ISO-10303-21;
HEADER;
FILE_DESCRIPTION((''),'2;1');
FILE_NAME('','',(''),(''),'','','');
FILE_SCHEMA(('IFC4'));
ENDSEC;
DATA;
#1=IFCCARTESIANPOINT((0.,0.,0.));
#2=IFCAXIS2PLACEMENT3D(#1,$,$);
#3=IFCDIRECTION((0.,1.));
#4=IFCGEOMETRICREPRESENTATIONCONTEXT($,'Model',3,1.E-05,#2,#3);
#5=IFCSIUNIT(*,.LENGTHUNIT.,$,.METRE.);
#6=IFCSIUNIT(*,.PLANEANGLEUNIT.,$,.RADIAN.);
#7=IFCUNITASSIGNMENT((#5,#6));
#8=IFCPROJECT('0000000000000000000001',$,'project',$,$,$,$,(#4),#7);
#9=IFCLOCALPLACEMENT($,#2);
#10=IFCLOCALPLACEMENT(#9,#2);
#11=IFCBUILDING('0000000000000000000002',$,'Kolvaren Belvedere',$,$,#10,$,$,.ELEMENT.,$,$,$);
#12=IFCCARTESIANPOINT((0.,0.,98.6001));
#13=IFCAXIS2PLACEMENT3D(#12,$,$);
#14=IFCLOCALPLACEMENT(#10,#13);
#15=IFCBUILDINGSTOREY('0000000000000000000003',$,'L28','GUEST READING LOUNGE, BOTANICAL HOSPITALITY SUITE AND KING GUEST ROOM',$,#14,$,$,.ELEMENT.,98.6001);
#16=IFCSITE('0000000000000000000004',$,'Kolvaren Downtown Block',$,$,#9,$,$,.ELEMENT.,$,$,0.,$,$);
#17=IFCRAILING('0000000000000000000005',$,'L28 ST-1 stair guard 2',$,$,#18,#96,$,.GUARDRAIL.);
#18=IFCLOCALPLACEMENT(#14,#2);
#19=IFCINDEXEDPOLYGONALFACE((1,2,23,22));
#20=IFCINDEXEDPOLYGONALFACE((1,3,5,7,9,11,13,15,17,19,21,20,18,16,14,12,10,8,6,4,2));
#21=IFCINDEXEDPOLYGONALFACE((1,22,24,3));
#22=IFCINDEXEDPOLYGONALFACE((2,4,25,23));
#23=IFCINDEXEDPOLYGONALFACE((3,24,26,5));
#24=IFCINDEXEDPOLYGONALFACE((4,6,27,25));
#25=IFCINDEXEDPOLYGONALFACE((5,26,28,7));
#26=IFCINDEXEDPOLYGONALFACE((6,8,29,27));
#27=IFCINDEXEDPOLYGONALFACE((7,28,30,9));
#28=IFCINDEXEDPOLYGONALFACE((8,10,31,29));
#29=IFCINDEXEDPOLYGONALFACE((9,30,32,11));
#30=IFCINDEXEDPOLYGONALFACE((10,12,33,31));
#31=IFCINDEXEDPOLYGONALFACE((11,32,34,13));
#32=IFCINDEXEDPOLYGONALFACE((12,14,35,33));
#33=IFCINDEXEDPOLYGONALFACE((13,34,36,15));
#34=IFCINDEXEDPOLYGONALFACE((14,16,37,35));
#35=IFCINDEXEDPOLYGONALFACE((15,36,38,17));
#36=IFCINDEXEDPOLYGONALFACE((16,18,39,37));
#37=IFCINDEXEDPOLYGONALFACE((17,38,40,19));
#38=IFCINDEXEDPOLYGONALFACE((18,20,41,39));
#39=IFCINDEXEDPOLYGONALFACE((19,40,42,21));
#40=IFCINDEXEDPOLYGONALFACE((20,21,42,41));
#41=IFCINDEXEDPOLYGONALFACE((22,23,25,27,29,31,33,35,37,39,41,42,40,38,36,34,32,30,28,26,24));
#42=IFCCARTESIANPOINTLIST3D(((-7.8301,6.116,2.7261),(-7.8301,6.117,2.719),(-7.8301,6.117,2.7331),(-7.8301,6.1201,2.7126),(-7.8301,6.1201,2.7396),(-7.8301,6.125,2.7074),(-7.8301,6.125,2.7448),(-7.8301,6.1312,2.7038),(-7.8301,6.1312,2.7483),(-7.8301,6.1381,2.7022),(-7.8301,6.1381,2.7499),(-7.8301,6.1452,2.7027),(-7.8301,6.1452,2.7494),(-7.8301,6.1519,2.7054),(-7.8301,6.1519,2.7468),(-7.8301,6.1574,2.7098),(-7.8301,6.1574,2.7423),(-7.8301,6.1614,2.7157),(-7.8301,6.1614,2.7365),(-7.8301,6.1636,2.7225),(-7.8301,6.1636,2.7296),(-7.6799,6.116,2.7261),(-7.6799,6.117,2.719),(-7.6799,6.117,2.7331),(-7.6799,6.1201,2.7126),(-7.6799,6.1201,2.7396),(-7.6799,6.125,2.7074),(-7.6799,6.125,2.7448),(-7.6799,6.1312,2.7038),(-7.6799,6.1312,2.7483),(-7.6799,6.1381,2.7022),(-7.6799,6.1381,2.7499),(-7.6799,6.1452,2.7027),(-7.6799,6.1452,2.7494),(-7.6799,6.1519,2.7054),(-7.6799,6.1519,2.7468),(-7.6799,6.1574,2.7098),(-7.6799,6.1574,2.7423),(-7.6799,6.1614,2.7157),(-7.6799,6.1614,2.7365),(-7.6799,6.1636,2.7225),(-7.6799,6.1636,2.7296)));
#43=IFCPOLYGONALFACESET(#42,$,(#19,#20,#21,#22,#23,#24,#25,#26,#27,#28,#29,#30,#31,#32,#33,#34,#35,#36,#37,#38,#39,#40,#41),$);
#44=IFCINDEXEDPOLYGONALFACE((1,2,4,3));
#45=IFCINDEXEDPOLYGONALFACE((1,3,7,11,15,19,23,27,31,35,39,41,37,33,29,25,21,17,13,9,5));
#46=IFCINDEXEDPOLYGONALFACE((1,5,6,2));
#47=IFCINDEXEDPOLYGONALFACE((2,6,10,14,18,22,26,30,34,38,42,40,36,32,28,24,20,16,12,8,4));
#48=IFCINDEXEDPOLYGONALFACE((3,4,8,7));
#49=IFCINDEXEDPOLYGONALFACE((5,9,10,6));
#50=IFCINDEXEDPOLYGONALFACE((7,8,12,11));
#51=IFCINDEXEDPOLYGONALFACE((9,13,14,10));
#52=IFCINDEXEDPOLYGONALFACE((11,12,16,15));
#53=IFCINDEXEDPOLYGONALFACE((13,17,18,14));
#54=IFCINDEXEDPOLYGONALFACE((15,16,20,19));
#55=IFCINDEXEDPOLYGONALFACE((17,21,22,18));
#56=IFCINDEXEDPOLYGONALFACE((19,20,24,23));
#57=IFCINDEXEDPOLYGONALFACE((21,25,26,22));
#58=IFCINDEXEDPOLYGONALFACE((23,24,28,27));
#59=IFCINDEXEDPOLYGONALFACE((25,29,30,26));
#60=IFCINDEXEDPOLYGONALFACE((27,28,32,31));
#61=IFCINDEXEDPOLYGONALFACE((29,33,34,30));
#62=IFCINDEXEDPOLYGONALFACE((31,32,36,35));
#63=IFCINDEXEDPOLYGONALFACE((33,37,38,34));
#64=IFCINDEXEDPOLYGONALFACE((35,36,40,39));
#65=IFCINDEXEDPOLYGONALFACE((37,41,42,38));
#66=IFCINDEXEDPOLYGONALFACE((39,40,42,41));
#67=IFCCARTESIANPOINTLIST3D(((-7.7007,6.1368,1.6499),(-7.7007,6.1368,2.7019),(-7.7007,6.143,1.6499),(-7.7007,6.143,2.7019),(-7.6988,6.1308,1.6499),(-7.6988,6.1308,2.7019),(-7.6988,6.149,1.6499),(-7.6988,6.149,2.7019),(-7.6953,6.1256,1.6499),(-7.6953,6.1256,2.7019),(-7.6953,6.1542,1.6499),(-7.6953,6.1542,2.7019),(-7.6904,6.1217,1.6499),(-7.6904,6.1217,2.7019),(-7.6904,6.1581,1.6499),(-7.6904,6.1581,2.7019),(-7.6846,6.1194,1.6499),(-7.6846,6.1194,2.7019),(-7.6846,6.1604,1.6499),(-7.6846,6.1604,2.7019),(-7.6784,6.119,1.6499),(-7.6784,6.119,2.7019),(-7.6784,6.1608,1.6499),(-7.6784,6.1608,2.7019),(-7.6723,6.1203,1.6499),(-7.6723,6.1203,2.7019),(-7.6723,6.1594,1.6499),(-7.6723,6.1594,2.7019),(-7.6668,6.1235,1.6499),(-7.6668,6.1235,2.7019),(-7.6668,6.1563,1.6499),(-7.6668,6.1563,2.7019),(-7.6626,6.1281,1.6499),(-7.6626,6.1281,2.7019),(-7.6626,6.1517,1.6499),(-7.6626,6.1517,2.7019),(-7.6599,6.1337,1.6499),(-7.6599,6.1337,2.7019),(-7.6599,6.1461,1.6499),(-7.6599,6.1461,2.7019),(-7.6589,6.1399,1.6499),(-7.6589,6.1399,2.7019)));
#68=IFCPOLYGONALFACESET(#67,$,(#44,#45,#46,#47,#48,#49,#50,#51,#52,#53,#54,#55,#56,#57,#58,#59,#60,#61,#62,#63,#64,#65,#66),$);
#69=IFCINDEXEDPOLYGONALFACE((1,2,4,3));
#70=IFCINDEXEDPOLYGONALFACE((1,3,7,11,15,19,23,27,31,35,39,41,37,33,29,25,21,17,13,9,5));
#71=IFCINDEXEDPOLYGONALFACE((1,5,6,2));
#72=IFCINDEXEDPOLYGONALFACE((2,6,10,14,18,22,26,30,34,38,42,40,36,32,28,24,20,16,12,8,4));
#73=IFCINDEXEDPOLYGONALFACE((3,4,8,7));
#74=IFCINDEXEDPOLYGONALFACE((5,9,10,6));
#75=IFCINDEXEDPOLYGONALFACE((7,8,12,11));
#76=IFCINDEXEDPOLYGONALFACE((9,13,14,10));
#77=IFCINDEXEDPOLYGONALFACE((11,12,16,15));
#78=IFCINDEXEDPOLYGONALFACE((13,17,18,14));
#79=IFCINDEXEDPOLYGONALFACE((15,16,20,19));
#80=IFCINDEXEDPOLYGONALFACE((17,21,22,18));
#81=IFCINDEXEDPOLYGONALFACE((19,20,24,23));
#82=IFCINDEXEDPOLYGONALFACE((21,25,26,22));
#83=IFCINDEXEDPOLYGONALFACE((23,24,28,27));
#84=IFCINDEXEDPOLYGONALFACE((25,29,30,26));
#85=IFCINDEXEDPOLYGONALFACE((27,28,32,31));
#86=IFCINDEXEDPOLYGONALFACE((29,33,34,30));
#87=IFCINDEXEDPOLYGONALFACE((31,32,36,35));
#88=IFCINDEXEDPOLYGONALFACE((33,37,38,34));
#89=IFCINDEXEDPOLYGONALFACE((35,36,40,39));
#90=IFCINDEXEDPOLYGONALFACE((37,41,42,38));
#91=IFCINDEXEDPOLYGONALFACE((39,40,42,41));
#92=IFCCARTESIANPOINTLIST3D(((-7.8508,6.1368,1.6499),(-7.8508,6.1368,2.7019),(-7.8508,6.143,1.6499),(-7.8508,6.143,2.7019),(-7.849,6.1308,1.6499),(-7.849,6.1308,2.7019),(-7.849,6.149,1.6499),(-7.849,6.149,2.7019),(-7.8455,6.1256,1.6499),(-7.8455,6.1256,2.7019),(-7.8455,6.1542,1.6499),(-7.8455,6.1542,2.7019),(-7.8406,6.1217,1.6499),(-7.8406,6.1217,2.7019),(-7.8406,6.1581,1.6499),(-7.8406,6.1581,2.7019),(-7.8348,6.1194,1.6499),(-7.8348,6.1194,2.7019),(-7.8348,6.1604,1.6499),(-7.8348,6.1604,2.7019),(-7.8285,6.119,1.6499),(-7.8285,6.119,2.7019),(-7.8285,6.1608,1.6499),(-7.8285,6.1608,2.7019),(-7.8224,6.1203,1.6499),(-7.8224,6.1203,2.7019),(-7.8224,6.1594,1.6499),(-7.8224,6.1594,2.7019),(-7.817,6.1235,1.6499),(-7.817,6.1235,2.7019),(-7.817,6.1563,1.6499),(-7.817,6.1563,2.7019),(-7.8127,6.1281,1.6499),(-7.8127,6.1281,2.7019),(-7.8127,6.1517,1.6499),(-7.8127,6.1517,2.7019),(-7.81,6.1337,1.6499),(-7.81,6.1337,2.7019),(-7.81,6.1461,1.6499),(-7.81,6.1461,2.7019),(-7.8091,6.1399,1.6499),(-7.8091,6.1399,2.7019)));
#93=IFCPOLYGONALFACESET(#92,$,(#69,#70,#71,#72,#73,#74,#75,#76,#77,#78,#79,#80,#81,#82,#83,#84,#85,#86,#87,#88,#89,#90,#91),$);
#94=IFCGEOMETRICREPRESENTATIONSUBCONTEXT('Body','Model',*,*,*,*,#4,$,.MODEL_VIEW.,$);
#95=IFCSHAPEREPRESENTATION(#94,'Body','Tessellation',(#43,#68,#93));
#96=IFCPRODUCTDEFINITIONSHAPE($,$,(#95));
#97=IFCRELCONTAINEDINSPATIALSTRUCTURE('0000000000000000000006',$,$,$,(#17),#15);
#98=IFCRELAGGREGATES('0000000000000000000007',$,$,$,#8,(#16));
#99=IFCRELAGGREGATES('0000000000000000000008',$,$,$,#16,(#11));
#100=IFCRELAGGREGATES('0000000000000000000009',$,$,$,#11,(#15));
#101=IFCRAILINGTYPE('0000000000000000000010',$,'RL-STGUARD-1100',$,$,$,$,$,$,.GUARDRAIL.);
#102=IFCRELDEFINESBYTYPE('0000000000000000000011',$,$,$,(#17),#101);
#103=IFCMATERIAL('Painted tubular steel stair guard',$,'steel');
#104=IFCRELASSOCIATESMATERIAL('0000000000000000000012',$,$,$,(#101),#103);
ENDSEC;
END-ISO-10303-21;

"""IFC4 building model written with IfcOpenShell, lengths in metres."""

from ifc_helpers import new_model, si_unit, direction, frame, origin, origin_2d, place, context, subcontext, project, spatial, circle, extrude, material, type_object, element, save


model = new_model("IFC4")

# Units and contexts
model_context = context("Model", 3, precision=1e-05, world=origin(), true_north=direction((0.0, 1.0)))
body_context = subcontext(model_context, "Body", "Model", "MODEL_VIEW")
ifc_project = project(units=[si_unit("LENGTHUNIT", "METRE"), si_unit("PLANEANGLEUNIT", "RADIAN")], contexts=[model_context])

# Site, building, storey
site_placement = place(None, origin())
site = spatial("IfcSite", under=ifc_project, at=site_placement, Name="Kolvaren Downtown Block", CompositionType="ELEMENT", RefElevation=0.0)
building_placement = place(site_placement, origin())
building = spatial("IfcBuilding", under=site, at=building_placement, Name="Kolvaren Belvedere", CompositionType="ELEMENT")
storey_placement = place(building_placement, frame((0.0, 0.0, 98.6001)))
storey = spatial("IfcBuildingStorey", under=building, at=storey_placement, Name="L28", Description="GUEST READING LOUNGE, BOTANICAL HOSPITALITY SUITE AND KING GUEST ROOM", CompositionType="ELEMENT", Elevation=98.6001)

# Railing
ifc_material_1 = material(Name="Painted tubular steel stair guard", Category="steel")
railing_type_1 = type_object("IfcRailingType", Name="RL-STGUARD-1100", PredefinedType="GUARDRAIL", material=ifc_material_1)
railing_1_placement = place(storey_placement, frame((-7.6799, 6.1399, 1.6499)))
element("IfcRailing", 1, at=railing_1_placement, inside=storey, type_object=railing_type_1, Name="L28 ST-1 stair guard 2", PredefinedType="GUARDRAIL", context=body_context, shape_type="SweptSolid", body=[
    extrude(circle(Radius=0.0239, at=origin_2d()), frame((0.0, 0.0, 1.0762), z_axis=(-1.0, 0.0, 0.0), x_axis=(0.0, -1.0, 0.0)), (0.0, 0.0, 1.0), 0.1501),
    extrude(circle(Radius=0.021, at=origin_2d()), origin(), (0.0, 0.0, 1.0), 1.052),
    extrude(circle(Radius=0.021, at=origin_2d()), frame((-0.1501, 0.0, 0.0)), (0.0, 0.0, 1.0), 1.052),
])

save(model, "model.ifc")
